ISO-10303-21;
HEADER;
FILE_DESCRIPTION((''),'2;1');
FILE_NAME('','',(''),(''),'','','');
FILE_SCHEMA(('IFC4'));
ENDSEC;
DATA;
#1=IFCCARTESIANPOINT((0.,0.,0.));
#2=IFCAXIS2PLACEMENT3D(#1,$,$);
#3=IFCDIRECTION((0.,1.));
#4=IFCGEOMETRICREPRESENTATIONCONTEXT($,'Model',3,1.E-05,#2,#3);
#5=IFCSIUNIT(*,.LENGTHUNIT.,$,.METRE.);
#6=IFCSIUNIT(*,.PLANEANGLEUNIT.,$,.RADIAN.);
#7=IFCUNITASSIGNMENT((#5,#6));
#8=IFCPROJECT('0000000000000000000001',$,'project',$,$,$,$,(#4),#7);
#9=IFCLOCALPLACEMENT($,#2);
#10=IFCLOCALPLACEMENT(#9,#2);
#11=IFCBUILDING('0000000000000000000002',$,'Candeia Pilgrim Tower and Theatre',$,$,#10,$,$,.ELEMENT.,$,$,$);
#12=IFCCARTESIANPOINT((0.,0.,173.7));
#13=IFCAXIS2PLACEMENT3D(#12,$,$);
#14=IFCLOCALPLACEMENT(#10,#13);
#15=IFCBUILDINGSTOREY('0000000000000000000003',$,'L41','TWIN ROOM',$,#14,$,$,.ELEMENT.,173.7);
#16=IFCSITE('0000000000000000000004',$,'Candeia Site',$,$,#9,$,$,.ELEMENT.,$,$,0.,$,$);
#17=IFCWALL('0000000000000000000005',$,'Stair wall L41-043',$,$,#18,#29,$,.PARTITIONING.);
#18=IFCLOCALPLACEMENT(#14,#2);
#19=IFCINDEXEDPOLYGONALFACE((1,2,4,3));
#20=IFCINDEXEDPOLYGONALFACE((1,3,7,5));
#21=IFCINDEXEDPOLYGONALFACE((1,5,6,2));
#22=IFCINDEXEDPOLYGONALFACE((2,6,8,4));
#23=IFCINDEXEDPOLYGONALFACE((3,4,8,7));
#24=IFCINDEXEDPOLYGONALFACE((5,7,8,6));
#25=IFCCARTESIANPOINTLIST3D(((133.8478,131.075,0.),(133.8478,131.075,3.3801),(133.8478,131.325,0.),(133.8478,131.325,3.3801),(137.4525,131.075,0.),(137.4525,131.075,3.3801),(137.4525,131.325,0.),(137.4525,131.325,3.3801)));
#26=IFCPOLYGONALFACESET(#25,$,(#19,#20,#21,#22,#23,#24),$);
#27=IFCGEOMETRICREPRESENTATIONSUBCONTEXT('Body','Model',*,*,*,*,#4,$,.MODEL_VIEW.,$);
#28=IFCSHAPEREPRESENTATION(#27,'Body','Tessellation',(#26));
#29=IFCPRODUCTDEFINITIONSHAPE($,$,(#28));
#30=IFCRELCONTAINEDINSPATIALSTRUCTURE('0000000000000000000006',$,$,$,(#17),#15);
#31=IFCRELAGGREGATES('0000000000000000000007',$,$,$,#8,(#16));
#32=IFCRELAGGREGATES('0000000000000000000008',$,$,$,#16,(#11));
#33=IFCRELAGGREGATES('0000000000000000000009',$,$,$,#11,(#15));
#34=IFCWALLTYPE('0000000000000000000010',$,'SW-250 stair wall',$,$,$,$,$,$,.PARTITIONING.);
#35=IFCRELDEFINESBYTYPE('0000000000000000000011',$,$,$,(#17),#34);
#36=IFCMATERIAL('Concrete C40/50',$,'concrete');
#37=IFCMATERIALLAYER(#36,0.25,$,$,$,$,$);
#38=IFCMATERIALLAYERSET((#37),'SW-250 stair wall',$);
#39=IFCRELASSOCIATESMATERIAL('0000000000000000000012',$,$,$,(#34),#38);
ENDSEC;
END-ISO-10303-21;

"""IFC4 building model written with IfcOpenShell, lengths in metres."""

from ifc_helpers import new_model, si_unit, direction, frame, frame_2d, origin, place, context, subcontext, project, spatial, rectangle, extrude, material, layer, layer_set, type_object, element, save


model = new_model("IFC4")

# Units and contexts
model_context = context("Model", 3, precision=1e-05, world=origin(), true_north=direction((0.0, 1.0)))
body_context = subcontext(model_context, "Body", "Model", "MODEL_VIEW")
ifc_project = project(units=[si_unit("LENGTHUNIT", "METRE"), si_unit("PLANEANGLEUNIT", "RADIAN")], contexts=[model_context])

# Site, building, storey
site_placement = place(None, origin())
site = spatial("IfcSite", under=ifc_project, at=site_placement, Name="Candeia Site", CompositionType="ELEMENT", RefElevation=0.0)
building_placement = place(site_placement, origin())
building = spatial("IfcBuilding", under=site, at=building_placement, Name="Candeia Pilgrim Tower and Theatre", CompositionType="ELEMENT")
storey_placement = place(building_placement, frame((0.0, 0.0, 173.7)))
storey = spatial("IfcBuildingStorey", under=building, at=storey_placement, Name="L41", Description="TWIN ROOM", CompositionType="ELEMENT", Elevation=173.7)

# Shared definitions
ifc_material_1 = material(Name="Concrete C40/50", Category="concrete")

# Wall
ifc_layer_1 = layer(ifc_material_1, 0.25)
ifc_layer_set_1 = layer_set([ifc_layer_1], Name="SW-250 stair wall")
wall_type_1 = type_object("IfcWallType", Name="SW-250 stair wall", PredefinedType="PARTITIONING", material=ifc_layer_set_1)
wall_1_placement = place(storey_placement, frame((133.8479, 131.2, 0.0), z_axis=(0.0, 0.0, 1.0), x_axis=(1.0, 0.0, 0.0)))
element("IfcWall", 1, at=wall_1_placement, inside=storey, type_object=wall_type_1, Name="Stair wall L41-043", PredefinedType="PARTITIONING", context=body_context, shape_type="SweptSolid", body=[
    extrude(rectangle(XDim=3.6047, YDim=0.25, at=frame_2d((1.8022, 0.0))), origin(), (0.0, 0.0, 1.0), 3.3801),
])

save(model, "model.ifc")
